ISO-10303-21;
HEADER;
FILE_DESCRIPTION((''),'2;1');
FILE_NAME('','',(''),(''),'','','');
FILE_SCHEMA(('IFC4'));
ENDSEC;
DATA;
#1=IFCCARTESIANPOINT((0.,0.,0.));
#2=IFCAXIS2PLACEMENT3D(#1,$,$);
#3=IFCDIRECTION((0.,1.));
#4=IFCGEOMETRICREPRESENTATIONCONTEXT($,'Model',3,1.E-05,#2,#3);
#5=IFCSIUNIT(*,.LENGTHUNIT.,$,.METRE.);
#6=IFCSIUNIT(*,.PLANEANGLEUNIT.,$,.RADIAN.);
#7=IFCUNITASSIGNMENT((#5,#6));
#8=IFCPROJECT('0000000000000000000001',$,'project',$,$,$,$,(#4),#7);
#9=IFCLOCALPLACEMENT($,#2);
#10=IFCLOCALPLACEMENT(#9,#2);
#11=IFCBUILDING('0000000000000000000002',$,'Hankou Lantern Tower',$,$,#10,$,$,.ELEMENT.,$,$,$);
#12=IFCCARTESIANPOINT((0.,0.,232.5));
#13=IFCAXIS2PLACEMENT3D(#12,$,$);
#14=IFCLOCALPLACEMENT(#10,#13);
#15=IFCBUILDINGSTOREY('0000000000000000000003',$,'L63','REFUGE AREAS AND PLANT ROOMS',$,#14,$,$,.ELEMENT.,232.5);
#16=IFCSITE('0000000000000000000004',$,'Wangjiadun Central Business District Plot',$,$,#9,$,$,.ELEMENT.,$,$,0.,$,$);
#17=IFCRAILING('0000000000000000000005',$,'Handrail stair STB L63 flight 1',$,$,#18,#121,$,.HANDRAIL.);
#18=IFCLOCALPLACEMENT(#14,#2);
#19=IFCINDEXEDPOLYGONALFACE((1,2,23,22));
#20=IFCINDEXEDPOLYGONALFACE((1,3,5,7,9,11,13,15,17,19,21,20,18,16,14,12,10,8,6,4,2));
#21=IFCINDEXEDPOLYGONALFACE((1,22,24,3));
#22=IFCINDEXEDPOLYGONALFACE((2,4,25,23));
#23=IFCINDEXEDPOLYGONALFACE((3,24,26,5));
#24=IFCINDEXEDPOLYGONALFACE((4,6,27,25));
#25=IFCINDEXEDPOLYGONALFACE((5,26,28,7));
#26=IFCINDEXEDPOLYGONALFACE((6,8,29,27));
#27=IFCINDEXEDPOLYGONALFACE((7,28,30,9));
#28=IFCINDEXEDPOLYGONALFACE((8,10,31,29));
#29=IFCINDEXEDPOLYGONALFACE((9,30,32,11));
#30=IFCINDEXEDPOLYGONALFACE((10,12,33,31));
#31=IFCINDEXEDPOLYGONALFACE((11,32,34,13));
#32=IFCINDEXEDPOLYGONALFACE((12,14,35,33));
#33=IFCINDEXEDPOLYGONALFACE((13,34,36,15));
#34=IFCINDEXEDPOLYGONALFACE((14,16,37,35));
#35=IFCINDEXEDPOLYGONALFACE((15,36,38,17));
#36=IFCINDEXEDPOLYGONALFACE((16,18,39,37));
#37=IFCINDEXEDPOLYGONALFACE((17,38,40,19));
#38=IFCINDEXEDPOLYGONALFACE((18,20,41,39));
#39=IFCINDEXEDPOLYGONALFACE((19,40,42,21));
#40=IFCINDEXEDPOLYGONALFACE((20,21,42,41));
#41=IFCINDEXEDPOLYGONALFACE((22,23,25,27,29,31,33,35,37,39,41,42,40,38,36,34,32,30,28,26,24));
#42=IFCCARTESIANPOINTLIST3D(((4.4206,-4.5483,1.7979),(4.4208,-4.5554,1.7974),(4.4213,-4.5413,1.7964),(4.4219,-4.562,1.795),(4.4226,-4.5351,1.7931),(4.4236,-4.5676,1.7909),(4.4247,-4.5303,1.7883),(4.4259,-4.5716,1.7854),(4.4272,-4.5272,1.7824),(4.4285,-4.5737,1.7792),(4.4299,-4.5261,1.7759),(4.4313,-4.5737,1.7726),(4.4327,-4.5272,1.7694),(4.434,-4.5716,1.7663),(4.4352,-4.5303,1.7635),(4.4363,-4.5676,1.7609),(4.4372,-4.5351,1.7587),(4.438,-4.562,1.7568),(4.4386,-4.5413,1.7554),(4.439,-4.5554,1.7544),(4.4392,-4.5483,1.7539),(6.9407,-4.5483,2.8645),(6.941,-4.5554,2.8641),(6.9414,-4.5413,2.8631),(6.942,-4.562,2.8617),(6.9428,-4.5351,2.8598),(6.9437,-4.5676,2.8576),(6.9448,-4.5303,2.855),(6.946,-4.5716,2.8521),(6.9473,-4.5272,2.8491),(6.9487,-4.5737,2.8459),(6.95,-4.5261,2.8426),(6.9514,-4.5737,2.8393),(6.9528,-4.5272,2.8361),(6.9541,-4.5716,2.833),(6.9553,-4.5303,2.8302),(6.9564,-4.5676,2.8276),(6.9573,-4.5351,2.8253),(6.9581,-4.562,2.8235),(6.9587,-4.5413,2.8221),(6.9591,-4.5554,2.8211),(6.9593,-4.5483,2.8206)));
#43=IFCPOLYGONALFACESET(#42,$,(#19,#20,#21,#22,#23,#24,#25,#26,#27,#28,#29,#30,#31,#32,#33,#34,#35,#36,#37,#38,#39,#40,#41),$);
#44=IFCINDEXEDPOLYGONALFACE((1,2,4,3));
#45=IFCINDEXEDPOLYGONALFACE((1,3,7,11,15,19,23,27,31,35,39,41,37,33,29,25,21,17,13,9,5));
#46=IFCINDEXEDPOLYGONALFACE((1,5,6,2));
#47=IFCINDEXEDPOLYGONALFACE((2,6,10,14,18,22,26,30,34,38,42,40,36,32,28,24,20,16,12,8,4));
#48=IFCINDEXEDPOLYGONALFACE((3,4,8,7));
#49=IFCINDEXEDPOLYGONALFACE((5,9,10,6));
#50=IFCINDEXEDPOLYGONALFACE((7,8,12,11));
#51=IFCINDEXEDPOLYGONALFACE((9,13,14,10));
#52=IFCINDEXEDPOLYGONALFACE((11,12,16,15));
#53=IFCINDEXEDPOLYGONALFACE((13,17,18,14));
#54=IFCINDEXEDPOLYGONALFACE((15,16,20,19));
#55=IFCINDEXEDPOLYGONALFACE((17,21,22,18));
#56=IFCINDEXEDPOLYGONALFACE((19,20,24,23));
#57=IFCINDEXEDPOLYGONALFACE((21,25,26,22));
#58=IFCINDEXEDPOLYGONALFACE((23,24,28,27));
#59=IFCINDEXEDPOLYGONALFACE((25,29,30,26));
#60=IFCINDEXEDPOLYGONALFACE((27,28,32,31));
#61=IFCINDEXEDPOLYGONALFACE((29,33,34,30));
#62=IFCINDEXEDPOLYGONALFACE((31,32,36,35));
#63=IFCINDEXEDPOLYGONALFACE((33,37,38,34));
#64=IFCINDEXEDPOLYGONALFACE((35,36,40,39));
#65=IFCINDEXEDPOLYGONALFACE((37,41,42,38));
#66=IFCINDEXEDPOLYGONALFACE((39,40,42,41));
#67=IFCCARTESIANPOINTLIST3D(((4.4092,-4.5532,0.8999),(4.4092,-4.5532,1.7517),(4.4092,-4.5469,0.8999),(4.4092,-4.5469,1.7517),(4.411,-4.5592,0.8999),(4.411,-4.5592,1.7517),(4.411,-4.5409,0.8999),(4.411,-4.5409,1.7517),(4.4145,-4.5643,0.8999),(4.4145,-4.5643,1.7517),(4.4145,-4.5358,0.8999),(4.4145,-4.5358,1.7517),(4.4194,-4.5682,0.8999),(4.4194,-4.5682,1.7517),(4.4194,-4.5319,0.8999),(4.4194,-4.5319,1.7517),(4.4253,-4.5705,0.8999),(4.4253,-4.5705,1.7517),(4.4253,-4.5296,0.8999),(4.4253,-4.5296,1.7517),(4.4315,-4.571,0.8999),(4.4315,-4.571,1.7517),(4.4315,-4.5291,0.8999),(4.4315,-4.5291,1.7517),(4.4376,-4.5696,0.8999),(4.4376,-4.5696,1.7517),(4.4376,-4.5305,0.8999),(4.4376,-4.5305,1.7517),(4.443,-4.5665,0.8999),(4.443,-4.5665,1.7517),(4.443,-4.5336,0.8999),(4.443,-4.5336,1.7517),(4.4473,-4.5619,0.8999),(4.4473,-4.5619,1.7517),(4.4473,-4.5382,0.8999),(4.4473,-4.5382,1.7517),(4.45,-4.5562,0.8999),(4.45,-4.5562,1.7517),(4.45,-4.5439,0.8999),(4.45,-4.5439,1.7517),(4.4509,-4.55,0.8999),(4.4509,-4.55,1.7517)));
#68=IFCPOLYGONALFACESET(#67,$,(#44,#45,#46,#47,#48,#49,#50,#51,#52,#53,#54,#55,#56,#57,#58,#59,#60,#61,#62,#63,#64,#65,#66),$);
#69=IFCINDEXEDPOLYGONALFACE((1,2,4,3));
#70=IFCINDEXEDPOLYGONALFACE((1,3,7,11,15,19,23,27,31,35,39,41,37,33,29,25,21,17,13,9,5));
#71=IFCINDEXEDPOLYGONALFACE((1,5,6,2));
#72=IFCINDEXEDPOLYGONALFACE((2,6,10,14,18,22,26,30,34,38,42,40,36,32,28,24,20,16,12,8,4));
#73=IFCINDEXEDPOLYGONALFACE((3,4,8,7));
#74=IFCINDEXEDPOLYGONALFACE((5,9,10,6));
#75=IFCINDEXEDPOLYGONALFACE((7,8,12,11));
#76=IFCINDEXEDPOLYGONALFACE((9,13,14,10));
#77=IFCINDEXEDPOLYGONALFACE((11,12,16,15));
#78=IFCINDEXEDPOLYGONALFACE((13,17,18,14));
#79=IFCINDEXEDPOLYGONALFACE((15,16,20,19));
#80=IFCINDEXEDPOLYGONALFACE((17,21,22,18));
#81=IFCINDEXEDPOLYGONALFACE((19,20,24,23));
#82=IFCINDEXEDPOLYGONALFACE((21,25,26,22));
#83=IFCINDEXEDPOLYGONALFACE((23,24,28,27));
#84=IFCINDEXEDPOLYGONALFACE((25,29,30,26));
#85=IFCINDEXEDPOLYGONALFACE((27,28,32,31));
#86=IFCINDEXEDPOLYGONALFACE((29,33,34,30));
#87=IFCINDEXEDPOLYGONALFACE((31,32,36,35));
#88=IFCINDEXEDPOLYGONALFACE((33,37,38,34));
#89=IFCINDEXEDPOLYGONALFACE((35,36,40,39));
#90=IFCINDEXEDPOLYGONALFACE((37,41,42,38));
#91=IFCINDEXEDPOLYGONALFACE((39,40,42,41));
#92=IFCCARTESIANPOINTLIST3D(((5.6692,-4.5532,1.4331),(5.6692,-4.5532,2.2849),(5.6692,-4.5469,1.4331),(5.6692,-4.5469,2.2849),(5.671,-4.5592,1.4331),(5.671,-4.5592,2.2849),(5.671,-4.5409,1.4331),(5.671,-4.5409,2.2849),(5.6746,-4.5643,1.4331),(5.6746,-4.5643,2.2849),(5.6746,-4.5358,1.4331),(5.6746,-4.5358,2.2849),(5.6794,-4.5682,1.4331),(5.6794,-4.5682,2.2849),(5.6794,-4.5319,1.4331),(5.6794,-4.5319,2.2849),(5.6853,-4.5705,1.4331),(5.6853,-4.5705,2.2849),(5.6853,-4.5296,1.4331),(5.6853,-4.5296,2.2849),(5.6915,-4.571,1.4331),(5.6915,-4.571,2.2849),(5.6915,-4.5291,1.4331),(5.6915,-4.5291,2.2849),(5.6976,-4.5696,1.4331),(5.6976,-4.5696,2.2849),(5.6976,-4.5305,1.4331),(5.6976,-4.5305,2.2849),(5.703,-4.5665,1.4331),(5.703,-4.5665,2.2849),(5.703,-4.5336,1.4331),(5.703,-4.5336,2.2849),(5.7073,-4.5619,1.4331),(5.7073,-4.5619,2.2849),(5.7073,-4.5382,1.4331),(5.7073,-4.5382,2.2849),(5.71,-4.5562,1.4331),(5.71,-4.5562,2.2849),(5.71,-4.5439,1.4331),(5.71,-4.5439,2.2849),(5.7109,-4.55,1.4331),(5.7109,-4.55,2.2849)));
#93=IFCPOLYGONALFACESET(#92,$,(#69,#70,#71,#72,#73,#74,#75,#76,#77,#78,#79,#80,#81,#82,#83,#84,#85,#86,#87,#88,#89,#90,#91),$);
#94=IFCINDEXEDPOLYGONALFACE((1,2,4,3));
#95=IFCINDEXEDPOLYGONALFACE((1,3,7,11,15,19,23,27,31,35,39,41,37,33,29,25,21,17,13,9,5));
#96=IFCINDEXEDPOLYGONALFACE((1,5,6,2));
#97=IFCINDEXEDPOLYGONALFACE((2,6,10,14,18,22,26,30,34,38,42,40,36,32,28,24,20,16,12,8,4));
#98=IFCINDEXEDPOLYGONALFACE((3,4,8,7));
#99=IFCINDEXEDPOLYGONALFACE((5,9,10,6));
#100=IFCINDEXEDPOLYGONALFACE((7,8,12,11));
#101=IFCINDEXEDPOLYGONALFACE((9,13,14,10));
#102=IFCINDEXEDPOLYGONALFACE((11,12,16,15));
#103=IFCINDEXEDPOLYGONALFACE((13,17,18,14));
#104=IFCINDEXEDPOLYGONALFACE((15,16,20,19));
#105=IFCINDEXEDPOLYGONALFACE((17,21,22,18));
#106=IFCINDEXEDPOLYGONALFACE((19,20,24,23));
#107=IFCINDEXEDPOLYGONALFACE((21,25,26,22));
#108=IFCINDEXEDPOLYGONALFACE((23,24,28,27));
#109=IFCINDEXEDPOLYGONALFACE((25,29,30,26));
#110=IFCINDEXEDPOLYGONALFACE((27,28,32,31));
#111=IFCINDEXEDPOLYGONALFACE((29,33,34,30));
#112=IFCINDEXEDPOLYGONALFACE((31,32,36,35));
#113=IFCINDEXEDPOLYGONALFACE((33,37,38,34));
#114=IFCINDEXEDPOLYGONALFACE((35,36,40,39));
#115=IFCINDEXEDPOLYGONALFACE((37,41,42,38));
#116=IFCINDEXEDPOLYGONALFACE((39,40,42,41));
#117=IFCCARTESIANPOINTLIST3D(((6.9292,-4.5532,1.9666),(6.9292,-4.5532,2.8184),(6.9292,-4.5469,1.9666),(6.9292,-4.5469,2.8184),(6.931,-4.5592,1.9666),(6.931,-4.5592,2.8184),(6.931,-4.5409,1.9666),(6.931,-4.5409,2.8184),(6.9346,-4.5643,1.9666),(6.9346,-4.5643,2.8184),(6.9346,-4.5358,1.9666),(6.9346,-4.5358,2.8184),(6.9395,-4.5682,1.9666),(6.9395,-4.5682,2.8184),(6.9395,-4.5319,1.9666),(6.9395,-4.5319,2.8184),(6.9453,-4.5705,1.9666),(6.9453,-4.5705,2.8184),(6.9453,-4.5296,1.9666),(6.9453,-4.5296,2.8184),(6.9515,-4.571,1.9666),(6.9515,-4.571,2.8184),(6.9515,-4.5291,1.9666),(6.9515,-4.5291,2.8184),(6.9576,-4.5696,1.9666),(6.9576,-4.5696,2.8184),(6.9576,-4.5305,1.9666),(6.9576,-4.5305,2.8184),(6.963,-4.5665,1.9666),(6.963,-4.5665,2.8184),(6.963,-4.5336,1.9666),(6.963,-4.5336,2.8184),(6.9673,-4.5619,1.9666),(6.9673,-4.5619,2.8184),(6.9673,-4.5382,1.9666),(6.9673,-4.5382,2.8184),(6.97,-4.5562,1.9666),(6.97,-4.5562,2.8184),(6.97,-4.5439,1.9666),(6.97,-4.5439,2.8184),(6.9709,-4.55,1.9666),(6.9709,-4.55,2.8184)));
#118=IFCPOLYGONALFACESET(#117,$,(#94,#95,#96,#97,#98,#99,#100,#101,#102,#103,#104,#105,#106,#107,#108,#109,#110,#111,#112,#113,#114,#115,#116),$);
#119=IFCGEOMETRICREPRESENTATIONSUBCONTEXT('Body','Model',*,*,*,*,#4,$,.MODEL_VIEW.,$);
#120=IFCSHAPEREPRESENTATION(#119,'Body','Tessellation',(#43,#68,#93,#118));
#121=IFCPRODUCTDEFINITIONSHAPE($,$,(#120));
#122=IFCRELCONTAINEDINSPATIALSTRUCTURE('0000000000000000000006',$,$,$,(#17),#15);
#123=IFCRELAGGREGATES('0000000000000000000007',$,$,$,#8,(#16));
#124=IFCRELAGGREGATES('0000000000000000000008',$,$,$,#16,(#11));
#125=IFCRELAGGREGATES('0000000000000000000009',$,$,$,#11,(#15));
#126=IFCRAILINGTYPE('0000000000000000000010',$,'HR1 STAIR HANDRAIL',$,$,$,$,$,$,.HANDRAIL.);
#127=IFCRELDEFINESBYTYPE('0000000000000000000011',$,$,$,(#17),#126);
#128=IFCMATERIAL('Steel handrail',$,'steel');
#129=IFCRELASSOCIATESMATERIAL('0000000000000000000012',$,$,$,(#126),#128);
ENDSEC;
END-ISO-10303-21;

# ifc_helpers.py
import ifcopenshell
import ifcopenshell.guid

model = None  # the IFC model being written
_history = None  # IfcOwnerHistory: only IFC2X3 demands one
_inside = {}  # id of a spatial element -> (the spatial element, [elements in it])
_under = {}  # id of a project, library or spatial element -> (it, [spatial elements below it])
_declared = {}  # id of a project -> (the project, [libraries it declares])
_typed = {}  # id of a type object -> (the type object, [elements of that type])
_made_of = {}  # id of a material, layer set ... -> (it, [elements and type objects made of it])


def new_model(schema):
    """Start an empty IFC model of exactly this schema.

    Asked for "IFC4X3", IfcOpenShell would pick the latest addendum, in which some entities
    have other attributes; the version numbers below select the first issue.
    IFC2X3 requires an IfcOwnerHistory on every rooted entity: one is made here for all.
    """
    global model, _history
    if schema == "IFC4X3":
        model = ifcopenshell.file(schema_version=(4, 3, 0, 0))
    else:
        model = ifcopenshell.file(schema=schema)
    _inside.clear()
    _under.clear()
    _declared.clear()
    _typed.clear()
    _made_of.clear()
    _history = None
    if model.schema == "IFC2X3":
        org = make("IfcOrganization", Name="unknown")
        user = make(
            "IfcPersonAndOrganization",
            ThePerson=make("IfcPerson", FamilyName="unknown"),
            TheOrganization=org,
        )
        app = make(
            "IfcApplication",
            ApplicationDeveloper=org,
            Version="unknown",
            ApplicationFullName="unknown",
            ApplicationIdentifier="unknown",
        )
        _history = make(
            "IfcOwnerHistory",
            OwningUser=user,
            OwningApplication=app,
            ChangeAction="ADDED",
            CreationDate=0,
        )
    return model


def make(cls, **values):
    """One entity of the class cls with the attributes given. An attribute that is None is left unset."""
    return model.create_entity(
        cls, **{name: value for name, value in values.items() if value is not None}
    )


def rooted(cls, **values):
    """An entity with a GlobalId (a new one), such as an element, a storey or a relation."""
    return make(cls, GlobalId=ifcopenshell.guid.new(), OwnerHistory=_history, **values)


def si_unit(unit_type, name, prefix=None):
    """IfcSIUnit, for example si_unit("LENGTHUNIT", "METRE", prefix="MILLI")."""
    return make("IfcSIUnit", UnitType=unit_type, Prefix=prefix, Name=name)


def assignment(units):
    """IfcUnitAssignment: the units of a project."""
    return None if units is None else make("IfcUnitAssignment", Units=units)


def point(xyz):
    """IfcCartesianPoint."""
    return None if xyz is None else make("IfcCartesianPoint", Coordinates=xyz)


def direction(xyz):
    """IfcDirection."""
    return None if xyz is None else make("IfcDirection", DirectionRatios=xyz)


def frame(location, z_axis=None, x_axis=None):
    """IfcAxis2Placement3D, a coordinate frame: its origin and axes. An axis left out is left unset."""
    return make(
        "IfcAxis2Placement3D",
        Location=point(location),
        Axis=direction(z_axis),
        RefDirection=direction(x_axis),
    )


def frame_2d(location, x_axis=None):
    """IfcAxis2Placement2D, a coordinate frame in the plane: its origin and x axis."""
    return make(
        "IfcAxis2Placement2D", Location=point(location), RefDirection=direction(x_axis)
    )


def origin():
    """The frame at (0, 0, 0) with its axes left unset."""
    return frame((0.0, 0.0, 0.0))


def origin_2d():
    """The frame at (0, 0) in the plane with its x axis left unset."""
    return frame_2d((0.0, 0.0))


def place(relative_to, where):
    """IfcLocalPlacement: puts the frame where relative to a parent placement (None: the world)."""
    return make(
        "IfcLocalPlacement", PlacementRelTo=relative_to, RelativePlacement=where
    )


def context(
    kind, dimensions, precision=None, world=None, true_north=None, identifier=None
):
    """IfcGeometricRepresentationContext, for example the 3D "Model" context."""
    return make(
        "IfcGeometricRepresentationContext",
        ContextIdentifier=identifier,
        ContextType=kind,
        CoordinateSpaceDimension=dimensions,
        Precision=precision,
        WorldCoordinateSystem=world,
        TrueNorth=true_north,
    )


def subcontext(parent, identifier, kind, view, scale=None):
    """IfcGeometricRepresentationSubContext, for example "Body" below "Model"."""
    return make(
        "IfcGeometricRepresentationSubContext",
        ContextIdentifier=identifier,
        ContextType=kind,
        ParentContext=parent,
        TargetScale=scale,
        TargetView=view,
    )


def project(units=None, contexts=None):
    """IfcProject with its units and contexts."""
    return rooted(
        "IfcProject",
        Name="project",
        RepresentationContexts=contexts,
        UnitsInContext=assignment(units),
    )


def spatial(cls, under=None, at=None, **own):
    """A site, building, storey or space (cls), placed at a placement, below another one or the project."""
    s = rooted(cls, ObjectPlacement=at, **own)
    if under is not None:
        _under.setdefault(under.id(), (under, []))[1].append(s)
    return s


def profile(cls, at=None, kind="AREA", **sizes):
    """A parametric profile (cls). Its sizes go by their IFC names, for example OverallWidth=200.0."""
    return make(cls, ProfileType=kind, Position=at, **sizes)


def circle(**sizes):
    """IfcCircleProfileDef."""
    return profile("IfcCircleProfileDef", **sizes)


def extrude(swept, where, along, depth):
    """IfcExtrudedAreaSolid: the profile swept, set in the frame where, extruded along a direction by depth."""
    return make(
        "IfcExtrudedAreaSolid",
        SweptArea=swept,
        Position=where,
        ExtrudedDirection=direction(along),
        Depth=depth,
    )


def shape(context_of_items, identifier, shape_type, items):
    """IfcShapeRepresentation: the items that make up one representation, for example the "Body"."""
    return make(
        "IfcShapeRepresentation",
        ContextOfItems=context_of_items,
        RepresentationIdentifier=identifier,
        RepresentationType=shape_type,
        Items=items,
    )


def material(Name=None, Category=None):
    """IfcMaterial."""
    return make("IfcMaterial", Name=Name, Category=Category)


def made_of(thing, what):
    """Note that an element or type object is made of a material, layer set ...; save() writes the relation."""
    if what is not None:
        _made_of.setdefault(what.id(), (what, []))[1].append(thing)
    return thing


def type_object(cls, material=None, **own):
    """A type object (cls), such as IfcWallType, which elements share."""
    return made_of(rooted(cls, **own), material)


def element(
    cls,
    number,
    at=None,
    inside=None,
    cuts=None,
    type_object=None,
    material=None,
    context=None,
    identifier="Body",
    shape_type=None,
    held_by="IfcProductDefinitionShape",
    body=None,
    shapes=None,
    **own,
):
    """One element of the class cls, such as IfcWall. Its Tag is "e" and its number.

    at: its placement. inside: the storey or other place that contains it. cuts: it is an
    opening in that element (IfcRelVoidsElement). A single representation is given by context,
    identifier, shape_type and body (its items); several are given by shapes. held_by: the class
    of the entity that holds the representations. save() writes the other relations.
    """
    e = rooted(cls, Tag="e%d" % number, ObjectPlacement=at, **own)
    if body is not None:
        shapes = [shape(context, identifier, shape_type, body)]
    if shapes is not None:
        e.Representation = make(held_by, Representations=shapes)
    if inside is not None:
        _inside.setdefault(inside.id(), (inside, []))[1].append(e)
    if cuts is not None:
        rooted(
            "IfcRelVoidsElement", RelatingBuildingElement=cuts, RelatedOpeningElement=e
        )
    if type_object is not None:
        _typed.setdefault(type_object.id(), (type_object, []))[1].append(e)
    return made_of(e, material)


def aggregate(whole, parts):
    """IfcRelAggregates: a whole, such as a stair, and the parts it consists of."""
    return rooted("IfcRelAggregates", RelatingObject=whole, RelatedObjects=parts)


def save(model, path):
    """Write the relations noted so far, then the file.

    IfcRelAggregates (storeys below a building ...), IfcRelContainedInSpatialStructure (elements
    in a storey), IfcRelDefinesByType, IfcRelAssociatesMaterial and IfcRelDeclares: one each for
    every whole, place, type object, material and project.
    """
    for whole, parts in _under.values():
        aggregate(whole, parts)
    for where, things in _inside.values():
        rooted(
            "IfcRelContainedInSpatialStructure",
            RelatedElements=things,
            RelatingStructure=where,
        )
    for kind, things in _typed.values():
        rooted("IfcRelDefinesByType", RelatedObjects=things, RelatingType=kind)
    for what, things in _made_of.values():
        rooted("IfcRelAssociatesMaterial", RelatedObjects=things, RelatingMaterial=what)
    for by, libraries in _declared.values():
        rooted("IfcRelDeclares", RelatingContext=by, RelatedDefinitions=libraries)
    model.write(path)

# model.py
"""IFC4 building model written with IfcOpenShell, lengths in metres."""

from ifc_helpers import new_model, si_unit, direction, frame, origin, origin_2d, place, context, subcontext, project, spatial, circle, extrude, material, type_object, element, save


model = new_model("IFC4")

# Units and contexts
model_context = context("Model", 3, precision=1e-05, world=origin(), true_north=direction((0.0, 1.0)))
body_context = subcontext(model_context, "Body", "Model", "MODEL_VIEW")
ifc_project = project(units=[si_unit("LENGTHUNIT", "METRE"), si_unit("PLANEANGLEUNIT", "RADIAN")], contexts=[model_context])

# Site, building, storey
site_placement = place(None, origin())
site = spatial("IfcSite", under=ifc_project, at=site_placement, Name="Wangjiadun Central Business District Plot", CompositionType="ELEMENT", RefElevation=0.0)
building_placement = place(site_placement, origin())
building = spatial("IfcBuilding", under=site, at=building_placement, Name="Hankou Lantern Tower", CompositionType="ELEMENT")
storey_placement = place(building_placement, frame((0.0, 0.0, 232.5)))
storey = spatial("IfcBuildingStorey", under=building, at=storey_placement, Name="L63", Description="REFUGE AREAS AND PLANT ROOMS", CompositionType="ELEMENT", Elevation=232.5)

# Railing
ifc_material_1 = material(Name="Steel handrail", Category="steel")
railing_type = type_object("IfcRailingType", Name="HR1 STAIR HANDRAIL", PredefinedType="HANDRAIL", material=ifc_material_1)
railing_1_placement = place(storey_placement, frame((4.4299, -4.55, 0.8999)))
element("IfcRailing", 1, at=railing_1_placement, inside=storey, type_object=railing_type, Name="Handrail stair STB L63 flight 1", PredefinedType="HANDRAIL", context=body_context, shape_type="SweptSolid", body=[
    extrude(circle(Radius=0.0239, at=origin_2d()), frame((0.0, 0.0, 0.876), z_axis=(0.920903, 0.0, 0.389791), x_axis=(0.0, 1.0, 0.0)), (0.0, 0.0, 1.0), 2.7366),
    extrude(circle(Radius=0.021, at=origin_2d()), origin(), (0.0, 0.0, 1.0), 0.8518),
    extrude(circle(Radius=0.021, at=origin_2d()), frame((1.26, 0.0, 0.5332)), (0.0, 0.0, 1.0), 0.8518),
    extrude(circle(Radius=0.021, at=origin_2d()), frame((2.52, 0.0, 1.0667)), (0.0, 0.0, 1.0), 0.8518),
])

save(model, "model.ifc")
